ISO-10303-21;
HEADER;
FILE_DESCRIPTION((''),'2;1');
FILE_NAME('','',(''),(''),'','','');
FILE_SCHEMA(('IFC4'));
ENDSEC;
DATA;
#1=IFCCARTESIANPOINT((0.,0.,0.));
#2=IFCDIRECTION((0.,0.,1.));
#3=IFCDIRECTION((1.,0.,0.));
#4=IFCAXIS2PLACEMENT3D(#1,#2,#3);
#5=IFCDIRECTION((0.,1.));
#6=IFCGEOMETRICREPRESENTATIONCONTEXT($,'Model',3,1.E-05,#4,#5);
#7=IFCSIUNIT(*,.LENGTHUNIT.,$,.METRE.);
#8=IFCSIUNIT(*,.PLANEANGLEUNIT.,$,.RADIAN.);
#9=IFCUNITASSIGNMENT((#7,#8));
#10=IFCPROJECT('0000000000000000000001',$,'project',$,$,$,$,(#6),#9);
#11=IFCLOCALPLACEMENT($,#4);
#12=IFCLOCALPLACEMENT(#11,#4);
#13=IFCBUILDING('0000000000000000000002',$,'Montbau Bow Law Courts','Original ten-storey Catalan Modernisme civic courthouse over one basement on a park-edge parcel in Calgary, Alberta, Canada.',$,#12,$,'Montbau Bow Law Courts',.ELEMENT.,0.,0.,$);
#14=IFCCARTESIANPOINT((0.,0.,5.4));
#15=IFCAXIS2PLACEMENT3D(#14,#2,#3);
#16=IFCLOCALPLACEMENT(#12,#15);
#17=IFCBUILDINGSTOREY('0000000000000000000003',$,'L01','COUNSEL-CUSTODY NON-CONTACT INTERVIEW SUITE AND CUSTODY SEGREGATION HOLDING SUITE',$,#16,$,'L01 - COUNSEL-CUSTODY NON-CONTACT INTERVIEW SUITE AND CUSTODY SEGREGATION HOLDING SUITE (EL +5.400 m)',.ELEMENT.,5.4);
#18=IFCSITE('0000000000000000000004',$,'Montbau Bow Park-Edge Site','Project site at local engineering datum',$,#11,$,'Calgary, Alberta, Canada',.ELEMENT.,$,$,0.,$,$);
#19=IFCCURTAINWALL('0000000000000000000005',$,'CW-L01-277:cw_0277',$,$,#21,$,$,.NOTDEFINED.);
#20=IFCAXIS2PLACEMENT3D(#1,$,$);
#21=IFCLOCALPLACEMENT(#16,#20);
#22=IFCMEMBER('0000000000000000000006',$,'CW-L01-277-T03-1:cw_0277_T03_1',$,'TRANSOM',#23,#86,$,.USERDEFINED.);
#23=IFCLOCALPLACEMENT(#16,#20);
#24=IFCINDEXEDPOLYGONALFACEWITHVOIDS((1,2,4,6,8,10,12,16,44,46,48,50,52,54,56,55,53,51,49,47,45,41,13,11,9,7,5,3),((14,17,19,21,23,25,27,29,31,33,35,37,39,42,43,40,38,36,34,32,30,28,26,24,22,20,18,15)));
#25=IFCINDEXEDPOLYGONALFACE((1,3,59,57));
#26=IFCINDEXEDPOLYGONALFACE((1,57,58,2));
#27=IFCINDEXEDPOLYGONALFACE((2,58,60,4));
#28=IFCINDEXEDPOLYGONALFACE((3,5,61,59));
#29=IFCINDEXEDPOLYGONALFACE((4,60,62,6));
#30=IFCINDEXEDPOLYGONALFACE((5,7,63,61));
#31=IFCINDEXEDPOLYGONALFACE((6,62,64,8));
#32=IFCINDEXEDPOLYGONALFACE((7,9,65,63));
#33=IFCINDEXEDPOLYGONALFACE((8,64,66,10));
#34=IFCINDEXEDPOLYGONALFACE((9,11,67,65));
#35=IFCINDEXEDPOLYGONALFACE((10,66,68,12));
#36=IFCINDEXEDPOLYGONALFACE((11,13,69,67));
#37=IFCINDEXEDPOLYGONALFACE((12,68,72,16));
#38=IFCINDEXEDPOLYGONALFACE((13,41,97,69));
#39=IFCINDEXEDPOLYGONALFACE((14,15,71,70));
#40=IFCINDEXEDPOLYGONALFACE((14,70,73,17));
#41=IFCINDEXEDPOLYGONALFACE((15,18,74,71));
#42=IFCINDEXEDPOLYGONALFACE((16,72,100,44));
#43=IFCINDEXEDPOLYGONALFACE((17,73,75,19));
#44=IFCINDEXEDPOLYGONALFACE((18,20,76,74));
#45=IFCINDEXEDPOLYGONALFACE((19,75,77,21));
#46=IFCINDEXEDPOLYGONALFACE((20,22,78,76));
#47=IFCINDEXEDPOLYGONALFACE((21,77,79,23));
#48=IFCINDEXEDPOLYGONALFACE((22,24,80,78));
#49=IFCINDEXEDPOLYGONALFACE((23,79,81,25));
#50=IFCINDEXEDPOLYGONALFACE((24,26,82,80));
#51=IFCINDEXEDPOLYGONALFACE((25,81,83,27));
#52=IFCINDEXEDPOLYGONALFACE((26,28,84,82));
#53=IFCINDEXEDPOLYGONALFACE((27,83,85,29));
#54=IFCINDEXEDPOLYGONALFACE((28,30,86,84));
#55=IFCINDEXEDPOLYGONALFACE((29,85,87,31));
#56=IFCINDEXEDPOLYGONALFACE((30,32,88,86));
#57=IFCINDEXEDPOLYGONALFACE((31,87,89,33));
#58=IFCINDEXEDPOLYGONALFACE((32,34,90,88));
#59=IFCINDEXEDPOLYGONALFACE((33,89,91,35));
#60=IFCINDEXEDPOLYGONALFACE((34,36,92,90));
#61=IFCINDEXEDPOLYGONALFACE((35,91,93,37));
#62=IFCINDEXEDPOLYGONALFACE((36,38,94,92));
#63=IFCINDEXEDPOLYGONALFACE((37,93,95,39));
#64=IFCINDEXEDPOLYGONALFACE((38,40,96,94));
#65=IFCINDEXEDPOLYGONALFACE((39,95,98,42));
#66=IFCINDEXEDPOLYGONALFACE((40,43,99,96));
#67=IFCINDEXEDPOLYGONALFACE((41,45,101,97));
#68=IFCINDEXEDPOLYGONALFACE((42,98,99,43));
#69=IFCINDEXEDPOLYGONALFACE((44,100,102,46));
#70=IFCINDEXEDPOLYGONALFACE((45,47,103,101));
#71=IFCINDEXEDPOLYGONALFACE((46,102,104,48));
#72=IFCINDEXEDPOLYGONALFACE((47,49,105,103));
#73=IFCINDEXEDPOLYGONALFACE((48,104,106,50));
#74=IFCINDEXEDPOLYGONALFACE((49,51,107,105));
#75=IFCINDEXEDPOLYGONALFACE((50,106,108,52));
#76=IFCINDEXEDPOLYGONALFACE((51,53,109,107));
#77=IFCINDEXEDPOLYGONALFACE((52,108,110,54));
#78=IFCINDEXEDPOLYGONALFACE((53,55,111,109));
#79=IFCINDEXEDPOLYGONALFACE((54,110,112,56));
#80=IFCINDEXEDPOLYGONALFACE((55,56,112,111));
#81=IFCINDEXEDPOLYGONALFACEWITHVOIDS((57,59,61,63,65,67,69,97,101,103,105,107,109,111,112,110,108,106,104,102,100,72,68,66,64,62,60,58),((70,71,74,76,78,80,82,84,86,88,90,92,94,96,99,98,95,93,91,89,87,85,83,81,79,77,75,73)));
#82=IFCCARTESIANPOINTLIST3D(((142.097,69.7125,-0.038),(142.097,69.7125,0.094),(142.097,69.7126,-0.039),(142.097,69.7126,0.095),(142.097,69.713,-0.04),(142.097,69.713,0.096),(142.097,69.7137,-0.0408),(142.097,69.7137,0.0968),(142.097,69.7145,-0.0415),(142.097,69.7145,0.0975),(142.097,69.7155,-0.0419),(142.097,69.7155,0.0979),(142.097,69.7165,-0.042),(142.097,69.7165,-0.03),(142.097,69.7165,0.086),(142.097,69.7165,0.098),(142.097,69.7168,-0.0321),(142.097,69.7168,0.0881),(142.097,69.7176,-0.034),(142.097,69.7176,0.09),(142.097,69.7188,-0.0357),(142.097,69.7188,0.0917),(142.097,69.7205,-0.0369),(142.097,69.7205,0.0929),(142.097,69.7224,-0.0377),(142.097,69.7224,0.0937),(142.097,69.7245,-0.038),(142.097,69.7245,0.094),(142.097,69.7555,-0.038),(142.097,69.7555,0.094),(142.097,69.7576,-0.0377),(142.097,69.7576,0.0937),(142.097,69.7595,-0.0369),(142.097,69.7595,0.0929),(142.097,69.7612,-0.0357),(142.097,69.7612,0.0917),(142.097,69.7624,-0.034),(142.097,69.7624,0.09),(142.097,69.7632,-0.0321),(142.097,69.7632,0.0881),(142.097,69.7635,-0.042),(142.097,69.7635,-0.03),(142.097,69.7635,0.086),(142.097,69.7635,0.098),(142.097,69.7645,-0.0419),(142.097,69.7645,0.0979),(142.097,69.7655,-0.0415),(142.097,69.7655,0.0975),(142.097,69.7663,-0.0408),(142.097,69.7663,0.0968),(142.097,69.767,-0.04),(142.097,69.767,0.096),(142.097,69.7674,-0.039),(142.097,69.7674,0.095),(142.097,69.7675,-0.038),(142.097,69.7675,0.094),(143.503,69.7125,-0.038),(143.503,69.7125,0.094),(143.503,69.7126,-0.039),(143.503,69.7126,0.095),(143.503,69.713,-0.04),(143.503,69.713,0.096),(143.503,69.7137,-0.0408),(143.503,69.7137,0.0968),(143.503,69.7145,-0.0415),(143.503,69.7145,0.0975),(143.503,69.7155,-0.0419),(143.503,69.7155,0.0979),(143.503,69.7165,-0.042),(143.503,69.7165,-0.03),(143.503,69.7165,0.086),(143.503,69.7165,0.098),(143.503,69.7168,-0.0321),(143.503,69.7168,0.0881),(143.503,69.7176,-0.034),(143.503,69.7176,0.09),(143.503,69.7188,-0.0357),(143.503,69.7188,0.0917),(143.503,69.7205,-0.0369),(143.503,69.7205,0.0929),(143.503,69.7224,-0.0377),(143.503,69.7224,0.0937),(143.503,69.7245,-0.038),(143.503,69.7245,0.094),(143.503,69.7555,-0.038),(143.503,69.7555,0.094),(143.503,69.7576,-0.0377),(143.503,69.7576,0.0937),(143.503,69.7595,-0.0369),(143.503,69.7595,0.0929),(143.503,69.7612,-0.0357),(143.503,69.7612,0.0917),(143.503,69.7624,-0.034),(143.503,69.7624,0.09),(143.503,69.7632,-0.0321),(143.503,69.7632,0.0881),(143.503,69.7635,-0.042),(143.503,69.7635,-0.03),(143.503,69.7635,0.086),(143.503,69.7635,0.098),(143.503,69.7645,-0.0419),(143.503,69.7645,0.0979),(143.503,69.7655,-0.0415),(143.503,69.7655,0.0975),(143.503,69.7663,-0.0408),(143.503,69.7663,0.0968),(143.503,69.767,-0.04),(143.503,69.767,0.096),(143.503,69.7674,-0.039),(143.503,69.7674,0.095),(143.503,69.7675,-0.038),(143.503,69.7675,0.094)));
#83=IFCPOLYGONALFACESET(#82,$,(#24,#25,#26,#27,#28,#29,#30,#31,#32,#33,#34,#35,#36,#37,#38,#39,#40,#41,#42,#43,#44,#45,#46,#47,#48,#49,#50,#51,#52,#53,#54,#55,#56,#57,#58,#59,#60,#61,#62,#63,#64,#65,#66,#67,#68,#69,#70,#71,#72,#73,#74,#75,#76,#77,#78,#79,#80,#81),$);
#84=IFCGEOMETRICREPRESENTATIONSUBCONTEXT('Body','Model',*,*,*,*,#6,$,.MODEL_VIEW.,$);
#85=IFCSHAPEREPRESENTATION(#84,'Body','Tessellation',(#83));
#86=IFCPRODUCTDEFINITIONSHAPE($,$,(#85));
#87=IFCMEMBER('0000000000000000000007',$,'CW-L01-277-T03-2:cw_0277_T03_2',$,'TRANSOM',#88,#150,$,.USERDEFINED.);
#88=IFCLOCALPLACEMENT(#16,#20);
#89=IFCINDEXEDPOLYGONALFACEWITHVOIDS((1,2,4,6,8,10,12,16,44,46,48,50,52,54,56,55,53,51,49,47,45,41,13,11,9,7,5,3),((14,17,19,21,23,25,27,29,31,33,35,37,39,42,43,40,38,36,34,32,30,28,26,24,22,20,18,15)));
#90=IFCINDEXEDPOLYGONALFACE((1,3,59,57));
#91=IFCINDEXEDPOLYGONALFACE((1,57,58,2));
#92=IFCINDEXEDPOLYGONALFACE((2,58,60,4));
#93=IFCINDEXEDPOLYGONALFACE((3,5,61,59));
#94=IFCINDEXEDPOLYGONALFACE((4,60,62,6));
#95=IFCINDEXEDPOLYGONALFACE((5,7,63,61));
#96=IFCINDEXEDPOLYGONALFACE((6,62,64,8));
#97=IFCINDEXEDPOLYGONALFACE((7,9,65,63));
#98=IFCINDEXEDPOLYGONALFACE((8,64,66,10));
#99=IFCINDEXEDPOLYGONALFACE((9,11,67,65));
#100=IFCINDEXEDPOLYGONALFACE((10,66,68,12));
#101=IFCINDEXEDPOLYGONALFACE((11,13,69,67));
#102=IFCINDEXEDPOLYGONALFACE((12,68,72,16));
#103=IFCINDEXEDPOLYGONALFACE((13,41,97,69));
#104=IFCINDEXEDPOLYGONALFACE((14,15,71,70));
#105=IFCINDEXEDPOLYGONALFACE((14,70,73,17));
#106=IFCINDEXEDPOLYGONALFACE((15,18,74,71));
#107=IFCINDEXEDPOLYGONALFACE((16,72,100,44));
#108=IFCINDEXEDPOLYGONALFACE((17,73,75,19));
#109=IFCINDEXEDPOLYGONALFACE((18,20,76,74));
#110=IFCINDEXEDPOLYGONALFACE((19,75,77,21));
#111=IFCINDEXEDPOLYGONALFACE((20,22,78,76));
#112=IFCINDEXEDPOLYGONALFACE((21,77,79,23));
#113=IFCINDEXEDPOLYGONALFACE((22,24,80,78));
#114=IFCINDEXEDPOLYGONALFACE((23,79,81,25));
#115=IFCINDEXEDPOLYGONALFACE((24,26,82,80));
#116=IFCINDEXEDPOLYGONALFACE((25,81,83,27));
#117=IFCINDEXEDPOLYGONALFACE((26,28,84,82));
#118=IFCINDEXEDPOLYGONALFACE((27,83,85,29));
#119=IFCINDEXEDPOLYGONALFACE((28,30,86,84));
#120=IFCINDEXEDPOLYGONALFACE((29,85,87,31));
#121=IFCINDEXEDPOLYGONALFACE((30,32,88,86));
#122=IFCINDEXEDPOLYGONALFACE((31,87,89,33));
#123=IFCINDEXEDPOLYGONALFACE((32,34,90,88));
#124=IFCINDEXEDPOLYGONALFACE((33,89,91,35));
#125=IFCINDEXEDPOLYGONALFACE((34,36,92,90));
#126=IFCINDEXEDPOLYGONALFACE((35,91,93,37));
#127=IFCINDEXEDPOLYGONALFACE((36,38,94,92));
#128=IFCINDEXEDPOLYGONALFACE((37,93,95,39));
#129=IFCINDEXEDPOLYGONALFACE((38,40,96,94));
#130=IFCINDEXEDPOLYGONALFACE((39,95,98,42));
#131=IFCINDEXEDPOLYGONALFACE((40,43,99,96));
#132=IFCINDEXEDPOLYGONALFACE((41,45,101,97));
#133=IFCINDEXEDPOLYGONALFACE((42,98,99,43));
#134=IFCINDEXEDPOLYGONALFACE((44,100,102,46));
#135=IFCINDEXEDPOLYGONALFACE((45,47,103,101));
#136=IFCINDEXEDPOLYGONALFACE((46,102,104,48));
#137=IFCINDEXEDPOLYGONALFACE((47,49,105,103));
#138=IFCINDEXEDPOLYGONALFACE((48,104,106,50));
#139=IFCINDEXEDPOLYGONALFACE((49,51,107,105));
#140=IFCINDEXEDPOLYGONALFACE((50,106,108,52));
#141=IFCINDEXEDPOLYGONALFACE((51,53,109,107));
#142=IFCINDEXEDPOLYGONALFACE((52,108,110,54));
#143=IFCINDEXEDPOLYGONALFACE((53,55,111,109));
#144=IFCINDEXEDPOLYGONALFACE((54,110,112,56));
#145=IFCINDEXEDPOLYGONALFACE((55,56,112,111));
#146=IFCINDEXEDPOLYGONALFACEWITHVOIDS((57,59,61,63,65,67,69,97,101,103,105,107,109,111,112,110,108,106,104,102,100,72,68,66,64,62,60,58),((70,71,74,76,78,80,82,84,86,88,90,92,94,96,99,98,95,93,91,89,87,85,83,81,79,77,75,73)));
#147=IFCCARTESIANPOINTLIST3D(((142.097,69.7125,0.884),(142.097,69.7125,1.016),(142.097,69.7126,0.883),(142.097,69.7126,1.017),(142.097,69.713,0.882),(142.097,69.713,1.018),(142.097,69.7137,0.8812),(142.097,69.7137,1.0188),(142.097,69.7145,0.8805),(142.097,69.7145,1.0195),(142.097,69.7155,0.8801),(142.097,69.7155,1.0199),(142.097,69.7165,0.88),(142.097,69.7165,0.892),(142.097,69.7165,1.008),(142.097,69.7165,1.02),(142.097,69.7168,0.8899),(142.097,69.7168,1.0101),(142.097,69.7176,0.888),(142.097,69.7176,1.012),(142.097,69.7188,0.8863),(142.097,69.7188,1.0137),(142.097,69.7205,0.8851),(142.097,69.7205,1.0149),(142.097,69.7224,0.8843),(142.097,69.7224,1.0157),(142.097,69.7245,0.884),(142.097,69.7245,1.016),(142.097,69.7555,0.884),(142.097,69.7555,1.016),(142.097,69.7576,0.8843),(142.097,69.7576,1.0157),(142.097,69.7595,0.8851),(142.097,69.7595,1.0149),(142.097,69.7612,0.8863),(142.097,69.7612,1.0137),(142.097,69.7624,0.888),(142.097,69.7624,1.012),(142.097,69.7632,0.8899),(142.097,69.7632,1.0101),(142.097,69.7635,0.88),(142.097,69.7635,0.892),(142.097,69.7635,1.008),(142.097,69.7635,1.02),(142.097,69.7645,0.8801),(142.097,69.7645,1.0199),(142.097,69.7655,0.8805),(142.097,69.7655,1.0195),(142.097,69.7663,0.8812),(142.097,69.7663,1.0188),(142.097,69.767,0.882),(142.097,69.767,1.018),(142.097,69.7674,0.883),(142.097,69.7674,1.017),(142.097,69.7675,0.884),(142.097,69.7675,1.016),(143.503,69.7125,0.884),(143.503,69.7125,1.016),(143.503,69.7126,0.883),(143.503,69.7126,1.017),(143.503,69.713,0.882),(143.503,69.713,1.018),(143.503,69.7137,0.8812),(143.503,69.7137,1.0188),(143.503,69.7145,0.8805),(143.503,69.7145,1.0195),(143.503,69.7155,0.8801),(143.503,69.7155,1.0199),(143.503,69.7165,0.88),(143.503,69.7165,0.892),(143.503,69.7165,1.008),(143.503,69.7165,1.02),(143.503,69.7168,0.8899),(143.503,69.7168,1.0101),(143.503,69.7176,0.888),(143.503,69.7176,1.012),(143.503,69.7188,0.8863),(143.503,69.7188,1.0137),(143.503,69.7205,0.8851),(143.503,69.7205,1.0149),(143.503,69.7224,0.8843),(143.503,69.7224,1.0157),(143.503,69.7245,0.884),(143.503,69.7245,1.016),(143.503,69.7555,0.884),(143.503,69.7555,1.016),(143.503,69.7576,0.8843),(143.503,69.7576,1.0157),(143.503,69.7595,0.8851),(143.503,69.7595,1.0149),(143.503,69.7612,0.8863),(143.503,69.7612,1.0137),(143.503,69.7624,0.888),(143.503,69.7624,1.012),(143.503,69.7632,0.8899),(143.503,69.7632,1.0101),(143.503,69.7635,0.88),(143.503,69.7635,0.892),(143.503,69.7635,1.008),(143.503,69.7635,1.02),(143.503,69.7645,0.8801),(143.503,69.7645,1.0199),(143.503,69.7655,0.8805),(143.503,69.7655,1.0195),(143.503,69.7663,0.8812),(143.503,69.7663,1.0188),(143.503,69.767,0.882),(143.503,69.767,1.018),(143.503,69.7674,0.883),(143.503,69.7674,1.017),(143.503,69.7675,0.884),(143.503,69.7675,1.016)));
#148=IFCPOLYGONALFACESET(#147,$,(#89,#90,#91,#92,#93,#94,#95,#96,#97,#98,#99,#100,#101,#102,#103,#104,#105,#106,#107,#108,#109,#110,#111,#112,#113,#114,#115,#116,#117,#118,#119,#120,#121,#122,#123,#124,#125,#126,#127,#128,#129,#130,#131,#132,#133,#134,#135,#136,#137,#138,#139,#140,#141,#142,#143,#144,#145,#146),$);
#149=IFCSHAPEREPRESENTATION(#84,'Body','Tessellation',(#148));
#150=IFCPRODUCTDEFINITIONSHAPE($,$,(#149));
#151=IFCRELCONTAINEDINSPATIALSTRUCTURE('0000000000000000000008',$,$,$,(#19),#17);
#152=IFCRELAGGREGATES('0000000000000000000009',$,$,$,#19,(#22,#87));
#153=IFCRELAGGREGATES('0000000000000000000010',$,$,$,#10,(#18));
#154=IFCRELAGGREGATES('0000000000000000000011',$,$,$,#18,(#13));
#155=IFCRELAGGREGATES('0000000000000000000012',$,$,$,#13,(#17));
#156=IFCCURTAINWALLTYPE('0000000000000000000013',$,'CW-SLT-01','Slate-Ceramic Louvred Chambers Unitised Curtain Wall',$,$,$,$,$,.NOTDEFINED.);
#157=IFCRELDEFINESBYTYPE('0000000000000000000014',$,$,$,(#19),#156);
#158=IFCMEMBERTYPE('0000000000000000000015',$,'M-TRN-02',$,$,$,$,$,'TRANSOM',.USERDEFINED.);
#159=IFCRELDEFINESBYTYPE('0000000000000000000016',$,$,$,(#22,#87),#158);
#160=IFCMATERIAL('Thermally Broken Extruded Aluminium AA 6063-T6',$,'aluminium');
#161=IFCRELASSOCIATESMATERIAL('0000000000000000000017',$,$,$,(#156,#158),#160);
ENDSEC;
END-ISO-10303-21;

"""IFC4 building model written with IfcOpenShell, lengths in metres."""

from ifc_helpers import new_model, si_unit, direction, frame, origin_with_axes, origin_2d_with_axis, place, context, subcontext, project, spatial, hollow_rectangle, extrude, material, material_profile, profile_set, type_object, element, aggregate, save


model = new_model("IFC4")

# Units and contexts
model_context = context("Model", 3, precision=1e-05, world=origin_with_axes(), true_north=direction((0.0, 1.0)))
body_context = subcontext(model_context, "Body", "Model", "MODEL_VIEW")
ifc_project = project(units=[si_unit("LENGTHUNIT", "METRE"), si_unit("PLANEANGLEUNIT", "RADIAN")], contexts=[model_context])

# Site, building, storey
site_placement = place(None, origin_with_axes())
site = spatial("IfcSite", under=ifc_project, at=site_placement, Name="Montbau Bow Park-Edge Site", Description="Project site at local engineering datum", LongName="Calgary, Alberta, Canada", CompositionType="ELEMENT", RefElevation=0.0)
building_placement = place(site_placement, origin_with_axes())
building = spatial("IfcBuilding", under=site, at=building_placement, Name="Montbau Bow Law Courts", Description="Original ten-storey Catalan Modernisme civic courthouse over one basement on a park-edge parcel in Calgary, Alberta, Canada.", LongName="Montbau Bow Law Courts", CompositionType="ELEMENT", ElevationOfRefHeight=0.0, ElevationOfTerrain=0.0)
storey_placement = place(building_placement, frame((0.0, 0.0, 5.4), z_axis=(0.0, 0.0, 1.0), x_axis=(1.0, 0.0, 0.0)))
storey = spatial("IfcBuildingStorey", under=building, at=storey_placement, Name="L01", Description="COUNSEL-CUSTODY NON-CONTACT INTERVIEW SUITE AND CUSTODY SEGREGATION HOLDING SUITE", LongName="L01 - COUNSEL-CUSTODY NON-CONTACT INTERVIEW SUITE AND CUSTODY SEGREGATION HOLDING SUITE (EL +5.400 m)", CompositionType="ELEMENT", Elevation=5.4)

# Curtain wall, members
ifc_material_1 = material(Name="Thermally Broken Extruded Aluminium AA 6063-T6", Category="aluminium")
curtain_wall_type = type_object("IfcCurtainWallType", Name="CW-SLT-01", Description="Slate-Ceramic Louvred Chambers Unitised Curtain Wall", PredefinedType="NOTDEFINED", material=ifc_material_1)
curtain_wall_1_placement = place(None, frame((139.115, 69.74, 5.4), z_axis=(0.0, 0.0, 1.0), x_axis=(1.0, 0.0, 0.0)))
curtain_wall_1 = element("IfcCurtainWall", 1, at=curtain_wall_1_placement, inside=storey, type_object=curtain_wall_type, Name="CW-L01-277:cw_0277", PredefinedType="NOTDEFINED")
ifc_material_profile = material_profile(ifc_material_1, hollow_rectangle(XDim=0.055, YDim=0.14, WallThickness=0.004, InnerFilletRadius=0.008, OuterFilletRadius=0.004, at=origin_2d_with_axis()), Name="CWT-140X55", Category="Main", Priority=0)
ifc_profile_set = profile_set([ifc_material_profile], Name="Thermally Broken Extruded Aluminium AA 6063-T6")
member_type = type_object("IfcMemberType", Name="M-TRN-02", ElementType="TRANSOM", PredefinedType="USERDEFINED", material=ifc_profile_set)
member_1_placement = place(None, frame((142.097, 69.74, 5.428), z_axis=(1.0, 0.0, 0.0), x_axis=(0.0, 1.0, 0.0)))
member_1 = element("IfcMember", 2, at=member_1_placement, type_object=member_type, Name="CW-L01-277-T03-1:cw_0277_T03_1", ObjectType="TRANSOM", PredefinedType="USERDEFINED", context=body_context, shape_type="SweptSolid", body=[
    extrude(hollow_rectangle(XDim=0.055, YDim=0.14, WallThickness=0.004, InnerFilletRadius=0.008, OuterFilletRadius=0.004, at=origin_2d_with_axis()), origin_with_axes(), (0.0, 0.0, 1.0), 1.406),
])
member_2_placement = place(None, frame((142.097, 69.74, 6.35), z_axis=(1.0, 0.0, 0.0), x_axis=(0.0, 1.0, 0.0)))
member_2 = element("IfcMember", 3, at=member_2_placement, type_object=member_type, Name="CW-L01-277-T03-2:cw_0277_T03_2", ObjectType="TRANSOM", PredefinedType="USERDEFINED", context=body_context, shape_type="SweptSolid", body=[
    extrude(hollow_rectangle(XDim=0.055, YDim=0.14, WallThickness=0.004, InnerFilletRadius=0.008, OuterFilletRadius=0.004, at=origin_2d_with_axis()), origin_with_axes(), (0.0, 0.0, 1.0), 1.406),
])

aggregate(curtain_wall_1, [member_1, member_2])

save(model, "model.ifc")
